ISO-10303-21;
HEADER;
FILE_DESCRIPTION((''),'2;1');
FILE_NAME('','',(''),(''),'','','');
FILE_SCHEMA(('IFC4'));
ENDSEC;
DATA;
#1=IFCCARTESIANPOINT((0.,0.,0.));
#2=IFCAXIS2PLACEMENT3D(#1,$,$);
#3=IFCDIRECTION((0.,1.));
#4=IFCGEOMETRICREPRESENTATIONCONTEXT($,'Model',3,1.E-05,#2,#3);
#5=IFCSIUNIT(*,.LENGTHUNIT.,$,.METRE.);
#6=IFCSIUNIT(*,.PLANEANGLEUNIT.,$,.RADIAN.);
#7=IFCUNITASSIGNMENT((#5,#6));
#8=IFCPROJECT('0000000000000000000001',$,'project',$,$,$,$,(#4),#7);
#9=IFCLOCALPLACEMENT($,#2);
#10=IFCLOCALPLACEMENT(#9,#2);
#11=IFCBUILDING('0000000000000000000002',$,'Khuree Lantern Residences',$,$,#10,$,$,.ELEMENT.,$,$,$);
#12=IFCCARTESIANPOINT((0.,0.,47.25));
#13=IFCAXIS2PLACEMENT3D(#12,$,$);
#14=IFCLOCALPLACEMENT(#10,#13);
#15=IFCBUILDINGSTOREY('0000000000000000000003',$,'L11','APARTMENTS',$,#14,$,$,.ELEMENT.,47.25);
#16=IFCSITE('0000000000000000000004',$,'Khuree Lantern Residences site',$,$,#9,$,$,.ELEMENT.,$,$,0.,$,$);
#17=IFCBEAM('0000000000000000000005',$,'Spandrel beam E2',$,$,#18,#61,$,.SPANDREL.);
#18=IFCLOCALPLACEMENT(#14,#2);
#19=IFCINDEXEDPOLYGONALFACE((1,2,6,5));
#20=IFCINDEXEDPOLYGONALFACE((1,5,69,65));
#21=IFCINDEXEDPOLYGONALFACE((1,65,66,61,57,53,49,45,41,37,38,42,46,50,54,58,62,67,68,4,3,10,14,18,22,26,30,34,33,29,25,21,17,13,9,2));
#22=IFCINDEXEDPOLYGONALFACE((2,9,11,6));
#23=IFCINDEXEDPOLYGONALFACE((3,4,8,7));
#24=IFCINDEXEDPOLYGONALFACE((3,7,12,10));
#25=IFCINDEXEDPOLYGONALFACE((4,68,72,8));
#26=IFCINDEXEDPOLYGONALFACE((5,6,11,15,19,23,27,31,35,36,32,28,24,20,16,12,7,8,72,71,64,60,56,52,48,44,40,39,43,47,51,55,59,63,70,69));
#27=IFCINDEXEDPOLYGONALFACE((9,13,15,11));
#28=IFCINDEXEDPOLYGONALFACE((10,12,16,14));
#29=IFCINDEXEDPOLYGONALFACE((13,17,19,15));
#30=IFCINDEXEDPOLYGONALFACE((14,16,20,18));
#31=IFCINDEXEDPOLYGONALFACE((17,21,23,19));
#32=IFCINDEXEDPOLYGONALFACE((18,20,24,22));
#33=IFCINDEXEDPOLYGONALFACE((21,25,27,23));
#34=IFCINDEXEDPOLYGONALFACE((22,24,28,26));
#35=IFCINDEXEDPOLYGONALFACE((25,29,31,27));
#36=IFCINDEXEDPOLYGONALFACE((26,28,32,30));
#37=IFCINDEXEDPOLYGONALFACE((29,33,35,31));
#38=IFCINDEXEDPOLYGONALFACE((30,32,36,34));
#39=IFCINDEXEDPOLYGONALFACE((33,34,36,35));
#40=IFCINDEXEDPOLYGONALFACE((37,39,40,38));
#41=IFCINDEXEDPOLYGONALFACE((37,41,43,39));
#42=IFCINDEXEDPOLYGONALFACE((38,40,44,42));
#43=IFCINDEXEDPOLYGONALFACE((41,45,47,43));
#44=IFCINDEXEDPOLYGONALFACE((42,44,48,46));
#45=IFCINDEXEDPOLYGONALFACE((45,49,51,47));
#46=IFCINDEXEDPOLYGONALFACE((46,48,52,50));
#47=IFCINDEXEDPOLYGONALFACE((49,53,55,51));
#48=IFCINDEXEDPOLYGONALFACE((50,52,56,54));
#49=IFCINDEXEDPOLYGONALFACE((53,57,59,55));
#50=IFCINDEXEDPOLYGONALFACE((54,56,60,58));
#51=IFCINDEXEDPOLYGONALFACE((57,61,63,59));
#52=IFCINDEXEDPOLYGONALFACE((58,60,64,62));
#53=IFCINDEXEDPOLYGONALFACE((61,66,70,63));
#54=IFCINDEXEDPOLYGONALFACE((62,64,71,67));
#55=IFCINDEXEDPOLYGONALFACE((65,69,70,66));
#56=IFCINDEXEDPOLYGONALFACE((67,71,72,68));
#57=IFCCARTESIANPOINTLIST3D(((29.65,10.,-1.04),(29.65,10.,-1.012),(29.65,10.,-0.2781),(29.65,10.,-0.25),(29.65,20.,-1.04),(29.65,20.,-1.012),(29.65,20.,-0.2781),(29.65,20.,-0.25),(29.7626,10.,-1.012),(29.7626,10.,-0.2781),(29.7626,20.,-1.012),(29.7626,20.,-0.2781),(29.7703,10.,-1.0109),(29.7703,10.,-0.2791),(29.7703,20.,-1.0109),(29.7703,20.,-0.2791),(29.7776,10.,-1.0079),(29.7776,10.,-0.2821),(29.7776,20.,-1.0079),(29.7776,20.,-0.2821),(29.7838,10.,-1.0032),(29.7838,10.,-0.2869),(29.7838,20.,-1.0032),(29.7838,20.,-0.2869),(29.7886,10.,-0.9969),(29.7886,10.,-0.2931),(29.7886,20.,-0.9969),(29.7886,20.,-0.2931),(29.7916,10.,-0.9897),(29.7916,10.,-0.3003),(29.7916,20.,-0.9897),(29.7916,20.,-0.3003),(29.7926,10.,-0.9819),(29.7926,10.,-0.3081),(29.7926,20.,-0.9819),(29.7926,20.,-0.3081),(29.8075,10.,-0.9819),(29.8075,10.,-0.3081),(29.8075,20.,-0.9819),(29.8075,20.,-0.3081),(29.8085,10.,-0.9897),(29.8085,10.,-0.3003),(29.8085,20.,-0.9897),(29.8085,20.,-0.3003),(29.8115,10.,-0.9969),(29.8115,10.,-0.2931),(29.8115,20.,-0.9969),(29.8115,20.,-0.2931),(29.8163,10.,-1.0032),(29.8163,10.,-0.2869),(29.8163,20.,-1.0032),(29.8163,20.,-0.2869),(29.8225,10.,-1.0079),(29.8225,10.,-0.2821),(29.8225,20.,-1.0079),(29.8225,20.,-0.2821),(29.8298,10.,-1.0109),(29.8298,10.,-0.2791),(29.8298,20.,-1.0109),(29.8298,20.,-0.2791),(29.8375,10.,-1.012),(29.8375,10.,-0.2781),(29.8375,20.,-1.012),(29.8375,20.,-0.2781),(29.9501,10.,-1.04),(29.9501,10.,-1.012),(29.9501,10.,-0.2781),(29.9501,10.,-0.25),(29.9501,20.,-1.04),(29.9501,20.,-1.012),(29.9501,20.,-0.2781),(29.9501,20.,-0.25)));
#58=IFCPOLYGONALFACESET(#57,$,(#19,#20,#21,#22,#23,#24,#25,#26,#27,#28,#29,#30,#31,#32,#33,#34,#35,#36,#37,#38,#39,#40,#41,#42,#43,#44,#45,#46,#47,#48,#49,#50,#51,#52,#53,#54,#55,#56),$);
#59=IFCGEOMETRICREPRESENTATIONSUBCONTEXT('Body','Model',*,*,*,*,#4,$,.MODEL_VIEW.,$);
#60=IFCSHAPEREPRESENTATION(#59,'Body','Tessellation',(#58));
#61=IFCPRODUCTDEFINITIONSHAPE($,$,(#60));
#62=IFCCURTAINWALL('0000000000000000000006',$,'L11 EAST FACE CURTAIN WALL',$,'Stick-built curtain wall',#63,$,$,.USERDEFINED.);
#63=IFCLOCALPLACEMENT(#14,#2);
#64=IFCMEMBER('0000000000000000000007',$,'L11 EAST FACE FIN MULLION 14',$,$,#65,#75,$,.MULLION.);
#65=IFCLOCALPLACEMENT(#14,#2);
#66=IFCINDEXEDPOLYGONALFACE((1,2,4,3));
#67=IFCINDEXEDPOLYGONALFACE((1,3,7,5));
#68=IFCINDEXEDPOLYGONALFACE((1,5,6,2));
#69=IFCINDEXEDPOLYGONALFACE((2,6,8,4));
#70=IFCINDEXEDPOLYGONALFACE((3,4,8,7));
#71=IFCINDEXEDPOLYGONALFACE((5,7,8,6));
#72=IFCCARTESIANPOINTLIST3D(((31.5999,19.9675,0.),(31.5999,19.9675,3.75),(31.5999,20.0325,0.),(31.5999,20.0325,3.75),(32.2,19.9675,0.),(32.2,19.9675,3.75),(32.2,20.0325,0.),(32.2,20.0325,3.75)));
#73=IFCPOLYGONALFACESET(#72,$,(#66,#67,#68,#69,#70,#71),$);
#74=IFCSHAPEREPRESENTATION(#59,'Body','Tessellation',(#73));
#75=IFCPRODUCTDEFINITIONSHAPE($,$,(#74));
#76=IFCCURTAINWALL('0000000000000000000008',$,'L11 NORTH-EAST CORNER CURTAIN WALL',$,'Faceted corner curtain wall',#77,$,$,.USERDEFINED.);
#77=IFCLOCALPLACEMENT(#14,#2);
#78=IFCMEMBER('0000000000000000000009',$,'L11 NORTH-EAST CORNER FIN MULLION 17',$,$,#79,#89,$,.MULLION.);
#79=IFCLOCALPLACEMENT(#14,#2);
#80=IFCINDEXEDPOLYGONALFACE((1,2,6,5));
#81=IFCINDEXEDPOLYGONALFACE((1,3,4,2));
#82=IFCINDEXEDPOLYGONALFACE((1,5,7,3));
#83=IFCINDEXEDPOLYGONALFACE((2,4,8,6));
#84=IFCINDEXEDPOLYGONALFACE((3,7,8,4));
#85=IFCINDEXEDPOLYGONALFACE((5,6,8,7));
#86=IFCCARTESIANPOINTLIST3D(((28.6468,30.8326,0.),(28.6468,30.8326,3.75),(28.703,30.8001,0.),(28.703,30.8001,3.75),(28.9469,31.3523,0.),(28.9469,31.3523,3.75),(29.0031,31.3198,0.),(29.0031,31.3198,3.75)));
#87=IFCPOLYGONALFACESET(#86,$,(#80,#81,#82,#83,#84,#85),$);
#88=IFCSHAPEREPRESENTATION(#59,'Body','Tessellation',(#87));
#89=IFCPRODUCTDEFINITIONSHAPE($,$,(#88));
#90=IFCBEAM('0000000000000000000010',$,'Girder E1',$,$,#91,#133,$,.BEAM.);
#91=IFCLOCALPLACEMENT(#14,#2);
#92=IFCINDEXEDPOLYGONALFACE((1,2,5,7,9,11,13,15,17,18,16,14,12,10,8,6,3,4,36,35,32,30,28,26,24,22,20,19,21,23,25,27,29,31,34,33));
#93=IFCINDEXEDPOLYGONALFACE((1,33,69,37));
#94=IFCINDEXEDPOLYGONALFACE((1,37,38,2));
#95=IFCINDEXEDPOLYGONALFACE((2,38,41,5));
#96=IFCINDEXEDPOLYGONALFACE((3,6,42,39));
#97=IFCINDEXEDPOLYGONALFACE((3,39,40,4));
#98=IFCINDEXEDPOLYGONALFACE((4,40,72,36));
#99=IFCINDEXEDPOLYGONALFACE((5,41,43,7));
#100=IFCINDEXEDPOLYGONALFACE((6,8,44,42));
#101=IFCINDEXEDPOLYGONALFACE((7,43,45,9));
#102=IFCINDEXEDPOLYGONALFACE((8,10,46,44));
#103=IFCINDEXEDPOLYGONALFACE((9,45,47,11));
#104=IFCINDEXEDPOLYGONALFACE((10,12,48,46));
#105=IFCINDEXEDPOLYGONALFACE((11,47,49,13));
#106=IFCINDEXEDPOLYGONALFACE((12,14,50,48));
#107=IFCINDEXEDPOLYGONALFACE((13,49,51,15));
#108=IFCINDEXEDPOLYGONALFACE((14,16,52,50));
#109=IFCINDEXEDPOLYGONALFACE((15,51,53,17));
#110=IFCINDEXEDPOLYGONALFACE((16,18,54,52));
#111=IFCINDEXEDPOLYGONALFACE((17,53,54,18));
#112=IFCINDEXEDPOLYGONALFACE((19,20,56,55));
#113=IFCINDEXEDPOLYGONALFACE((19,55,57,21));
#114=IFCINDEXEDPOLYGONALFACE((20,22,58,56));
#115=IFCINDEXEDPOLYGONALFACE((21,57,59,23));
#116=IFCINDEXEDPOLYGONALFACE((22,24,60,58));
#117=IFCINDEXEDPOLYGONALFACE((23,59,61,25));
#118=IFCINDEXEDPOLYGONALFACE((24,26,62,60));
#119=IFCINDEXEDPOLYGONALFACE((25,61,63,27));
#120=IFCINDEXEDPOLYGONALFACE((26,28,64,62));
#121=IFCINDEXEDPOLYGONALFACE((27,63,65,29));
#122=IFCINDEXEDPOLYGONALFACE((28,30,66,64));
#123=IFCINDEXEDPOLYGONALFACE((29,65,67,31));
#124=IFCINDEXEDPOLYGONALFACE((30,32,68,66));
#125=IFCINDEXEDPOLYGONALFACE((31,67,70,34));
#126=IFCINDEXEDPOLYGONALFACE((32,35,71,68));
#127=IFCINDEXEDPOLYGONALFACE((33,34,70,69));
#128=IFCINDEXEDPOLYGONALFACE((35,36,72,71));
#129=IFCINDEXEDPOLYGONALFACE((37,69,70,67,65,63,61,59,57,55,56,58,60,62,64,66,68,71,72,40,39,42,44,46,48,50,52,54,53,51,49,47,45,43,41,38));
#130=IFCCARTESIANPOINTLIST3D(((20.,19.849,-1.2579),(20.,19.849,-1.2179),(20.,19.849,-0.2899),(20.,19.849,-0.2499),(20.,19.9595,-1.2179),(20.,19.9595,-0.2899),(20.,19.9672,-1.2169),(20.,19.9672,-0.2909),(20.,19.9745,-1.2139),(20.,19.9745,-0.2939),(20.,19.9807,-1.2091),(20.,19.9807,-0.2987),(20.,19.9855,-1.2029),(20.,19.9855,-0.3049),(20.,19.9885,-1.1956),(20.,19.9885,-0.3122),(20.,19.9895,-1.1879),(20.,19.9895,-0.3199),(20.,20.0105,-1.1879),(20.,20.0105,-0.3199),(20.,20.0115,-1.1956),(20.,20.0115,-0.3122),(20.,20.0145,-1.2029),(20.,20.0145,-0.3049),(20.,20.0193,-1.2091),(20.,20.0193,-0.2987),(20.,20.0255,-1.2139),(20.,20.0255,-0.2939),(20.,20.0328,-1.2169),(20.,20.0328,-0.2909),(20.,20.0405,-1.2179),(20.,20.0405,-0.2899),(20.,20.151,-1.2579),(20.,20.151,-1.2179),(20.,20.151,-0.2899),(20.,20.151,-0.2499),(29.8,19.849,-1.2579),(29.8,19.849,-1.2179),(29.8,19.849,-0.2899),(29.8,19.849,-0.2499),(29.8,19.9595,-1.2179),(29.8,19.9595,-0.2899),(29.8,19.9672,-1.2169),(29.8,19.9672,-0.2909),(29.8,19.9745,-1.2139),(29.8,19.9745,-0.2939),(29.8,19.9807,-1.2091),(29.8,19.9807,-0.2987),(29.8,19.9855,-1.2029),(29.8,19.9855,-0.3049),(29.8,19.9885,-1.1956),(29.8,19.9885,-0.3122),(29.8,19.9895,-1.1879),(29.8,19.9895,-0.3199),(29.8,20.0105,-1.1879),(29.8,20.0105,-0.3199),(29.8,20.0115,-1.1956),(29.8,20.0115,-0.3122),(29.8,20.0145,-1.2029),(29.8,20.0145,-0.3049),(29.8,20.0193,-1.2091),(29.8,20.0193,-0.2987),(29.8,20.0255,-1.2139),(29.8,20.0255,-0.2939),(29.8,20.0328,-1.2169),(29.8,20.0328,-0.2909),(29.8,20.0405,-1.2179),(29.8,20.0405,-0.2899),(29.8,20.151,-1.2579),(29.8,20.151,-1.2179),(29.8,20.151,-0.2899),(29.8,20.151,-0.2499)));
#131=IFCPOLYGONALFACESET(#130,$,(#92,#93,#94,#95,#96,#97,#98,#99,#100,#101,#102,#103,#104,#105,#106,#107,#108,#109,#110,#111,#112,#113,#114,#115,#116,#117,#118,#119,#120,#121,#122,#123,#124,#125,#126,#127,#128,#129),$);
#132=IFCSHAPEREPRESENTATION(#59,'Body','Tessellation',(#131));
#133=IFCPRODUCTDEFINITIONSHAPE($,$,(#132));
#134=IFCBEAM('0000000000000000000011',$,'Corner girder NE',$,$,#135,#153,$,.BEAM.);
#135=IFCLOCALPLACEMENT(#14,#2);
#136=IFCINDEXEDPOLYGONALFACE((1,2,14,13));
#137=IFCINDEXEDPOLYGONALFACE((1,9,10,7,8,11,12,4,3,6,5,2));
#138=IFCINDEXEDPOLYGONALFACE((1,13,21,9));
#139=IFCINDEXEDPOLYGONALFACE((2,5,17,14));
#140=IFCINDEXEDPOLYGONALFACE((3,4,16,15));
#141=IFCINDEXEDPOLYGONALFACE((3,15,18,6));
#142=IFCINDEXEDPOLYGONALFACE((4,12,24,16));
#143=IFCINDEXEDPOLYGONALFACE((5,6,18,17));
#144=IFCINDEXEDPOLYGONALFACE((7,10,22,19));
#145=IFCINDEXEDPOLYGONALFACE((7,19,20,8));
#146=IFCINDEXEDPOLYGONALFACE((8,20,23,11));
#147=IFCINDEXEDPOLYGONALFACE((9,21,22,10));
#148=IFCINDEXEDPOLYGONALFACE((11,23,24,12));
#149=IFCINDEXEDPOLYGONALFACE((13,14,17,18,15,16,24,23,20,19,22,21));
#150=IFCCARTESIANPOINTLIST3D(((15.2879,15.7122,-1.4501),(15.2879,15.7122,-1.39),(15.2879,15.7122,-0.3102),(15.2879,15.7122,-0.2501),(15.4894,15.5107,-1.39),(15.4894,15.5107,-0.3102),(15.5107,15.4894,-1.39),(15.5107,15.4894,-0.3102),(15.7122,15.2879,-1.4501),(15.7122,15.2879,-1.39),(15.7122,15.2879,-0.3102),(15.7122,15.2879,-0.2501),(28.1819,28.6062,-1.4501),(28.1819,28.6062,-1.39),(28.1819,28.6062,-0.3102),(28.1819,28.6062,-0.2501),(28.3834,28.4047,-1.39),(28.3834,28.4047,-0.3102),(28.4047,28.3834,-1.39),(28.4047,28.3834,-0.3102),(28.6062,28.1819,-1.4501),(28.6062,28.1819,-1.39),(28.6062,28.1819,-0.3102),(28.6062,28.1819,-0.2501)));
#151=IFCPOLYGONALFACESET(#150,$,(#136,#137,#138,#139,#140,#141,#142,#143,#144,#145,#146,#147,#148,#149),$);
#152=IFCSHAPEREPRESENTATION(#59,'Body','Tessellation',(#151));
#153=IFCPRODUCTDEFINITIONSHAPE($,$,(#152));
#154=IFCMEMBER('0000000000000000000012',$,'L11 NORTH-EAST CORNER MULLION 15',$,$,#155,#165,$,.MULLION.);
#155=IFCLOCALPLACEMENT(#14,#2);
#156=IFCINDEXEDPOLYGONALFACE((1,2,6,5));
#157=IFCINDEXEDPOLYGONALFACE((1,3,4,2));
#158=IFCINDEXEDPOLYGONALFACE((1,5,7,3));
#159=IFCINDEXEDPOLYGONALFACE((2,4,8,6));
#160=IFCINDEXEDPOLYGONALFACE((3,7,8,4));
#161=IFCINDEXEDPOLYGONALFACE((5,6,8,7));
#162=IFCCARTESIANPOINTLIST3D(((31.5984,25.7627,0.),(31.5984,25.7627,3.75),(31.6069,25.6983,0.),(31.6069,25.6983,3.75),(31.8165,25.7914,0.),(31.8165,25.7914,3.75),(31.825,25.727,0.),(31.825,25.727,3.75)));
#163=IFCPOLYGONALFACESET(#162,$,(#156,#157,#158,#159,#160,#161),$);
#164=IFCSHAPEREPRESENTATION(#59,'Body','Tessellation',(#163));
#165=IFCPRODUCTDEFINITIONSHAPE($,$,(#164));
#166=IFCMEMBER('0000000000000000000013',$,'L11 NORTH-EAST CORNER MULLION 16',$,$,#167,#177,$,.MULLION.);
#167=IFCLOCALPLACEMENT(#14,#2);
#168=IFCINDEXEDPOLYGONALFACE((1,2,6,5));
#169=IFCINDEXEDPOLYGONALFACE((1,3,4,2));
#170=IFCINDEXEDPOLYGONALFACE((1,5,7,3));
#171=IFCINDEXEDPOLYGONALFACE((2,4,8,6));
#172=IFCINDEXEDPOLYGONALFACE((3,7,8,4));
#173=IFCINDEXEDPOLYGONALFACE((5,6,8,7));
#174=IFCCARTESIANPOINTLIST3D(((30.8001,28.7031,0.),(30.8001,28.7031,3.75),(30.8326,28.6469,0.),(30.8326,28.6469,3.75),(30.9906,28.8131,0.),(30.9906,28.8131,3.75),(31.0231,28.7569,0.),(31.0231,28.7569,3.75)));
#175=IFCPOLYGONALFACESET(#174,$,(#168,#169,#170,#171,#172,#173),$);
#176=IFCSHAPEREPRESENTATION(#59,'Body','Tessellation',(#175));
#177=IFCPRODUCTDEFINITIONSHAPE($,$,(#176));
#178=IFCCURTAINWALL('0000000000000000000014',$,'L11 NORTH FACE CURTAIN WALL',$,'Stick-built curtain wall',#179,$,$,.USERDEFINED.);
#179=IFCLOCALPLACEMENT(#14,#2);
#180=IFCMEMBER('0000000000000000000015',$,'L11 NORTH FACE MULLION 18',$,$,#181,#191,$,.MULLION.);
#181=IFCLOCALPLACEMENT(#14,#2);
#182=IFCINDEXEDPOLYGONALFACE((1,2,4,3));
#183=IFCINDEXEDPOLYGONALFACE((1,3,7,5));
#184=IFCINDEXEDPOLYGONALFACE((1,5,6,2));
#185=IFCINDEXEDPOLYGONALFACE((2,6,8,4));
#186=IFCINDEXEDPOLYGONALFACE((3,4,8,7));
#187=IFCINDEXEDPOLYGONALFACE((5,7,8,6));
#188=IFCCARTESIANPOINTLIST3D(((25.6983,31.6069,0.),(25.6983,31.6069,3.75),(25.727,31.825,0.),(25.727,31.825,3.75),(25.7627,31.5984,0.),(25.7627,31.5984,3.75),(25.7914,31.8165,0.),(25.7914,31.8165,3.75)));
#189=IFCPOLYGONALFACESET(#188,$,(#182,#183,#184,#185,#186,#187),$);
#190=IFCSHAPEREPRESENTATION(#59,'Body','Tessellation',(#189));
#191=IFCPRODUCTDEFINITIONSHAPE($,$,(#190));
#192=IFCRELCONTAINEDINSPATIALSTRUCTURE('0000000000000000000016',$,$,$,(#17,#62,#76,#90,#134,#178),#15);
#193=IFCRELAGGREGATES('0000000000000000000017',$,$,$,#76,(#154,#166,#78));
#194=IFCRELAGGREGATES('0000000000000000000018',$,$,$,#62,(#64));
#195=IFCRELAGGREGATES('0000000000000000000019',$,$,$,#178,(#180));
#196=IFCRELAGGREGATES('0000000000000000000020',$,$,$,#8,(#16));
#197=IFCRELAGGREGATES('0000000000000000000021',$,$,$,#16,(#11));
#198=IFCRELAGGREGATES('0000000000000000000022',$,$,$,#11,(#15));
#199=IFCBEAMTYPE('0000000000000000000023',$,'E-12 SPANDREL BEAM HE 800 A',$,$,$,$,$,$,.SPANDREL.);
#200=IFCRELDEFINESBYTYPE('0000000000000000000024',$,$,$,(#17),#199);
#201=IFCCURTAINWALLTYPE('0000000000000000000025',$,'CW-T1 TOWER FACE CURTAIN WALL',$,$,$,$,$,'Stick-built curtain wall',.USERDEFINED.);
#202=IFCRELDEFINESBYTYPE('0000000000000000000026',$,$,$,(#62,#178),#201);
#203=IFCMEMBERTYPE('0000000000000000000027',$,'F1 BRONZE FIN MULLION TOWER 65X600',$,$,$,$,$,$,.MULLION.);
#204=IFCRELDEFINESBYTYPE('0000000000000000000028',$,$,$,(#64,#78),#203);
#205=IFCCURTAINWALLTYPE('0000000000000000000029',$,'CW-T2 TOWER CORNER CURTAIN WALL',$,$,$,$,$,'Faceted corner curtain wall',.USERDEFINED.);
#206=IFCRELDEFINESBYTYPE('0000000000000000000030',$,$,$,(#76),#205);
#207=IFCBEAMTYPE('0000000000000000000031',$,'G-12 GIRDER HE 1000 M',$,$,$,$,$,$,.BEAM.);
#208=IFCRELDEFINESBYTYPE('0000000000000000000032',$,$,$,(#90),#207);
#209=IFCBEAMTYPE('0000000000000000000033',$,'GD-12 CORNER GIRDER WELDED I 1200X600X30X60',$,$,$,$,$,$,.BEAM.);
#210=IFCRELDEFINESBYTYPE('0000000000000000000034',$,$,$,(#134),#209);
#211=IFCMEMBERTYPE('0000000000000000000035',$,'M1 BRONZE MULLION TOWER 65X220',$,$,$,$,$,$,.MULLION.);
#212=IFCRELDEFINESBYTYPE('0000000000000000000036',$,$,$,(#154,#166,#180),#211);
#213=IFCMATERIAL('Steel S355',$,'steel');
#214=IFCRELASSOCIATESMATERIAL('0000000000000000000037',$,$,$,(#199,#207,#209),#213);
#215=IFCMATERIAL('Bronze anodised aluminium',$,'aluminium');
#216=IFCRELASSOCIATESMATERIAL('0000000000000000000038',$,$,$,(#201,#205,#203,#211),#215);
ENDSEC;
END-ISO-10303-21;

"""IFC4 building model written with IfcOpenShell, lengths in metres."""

from ifc_helpers import new_model, si_unit, direction, frame, origin, origin_2d, place, context, subcontext, project, spatial, rectangle, i_section, extrude, material, material_profile, profile_set, type_object, element, aggregate, save


model = new_model("IFC4")

# Units and contexts
model_context = context("Model", 3, precision=1e-05, world=origin(), true_north=direction((0.0, 1.0)))
body_context = subcontext(model_context, "Body", "Model", "MODEL_VIEW")
ifc_project = project(units=[si_unit("LENGTHUNIT", "METRE"), si_unit("PLANEANGLEUNIT", "RADIAN")], contexts=[model_context])

# Site, building, storey
site_placement = place(None, origin())
site = spatial("IfcSite", under=ifc_project, at=site_placement, Name="Khuree Lantern Residences site", CompositionType="ELEMENT", RefElevation=0.0)
building_placement = place(site_placement, origin())
building = spatial("IfcBuilding", under=site, at=building_placement, Name="Khuree Lantern Residences", CompositionType="ELEMENT")
storey_placement = place(building_placement, frame((0.0, 0.0, 47.25)))
storey = spatial("IfcBuildingStorey", under=building, at=storey_placement, Name="L11", Description="APARTMENTS", CompositionType="ELEMENT", Elevation=47.25)

# Beam
ifc_material_1 = material(Name="Steel S355", Category="steel")
ifc_material_profile_1 = material_profile(ifc_material_1, i_section(OverallWidth=0.3, OverallDepth=0.79, WebThickness=0.0149, FlangeThickness=0.0281, FilletRadius=0.03, at=origin_2d()), Name="HE 800 A")
ifc_profile_set_1 = profile_set([ifc_material_profile_1], Name="Steel S355")
beam_type_1 = type_object("IfcBeamType", Name="E-12 SPANDREL BEAM HE 800 A", PredefinedType="SPANDREL", material=ifc_profile_set_1)
beam_1_placement = place(storey_placement, frame((29.8, 20.0, -0.645), z_axis=(0.0, -1.0, 0.0), x_axis=(1.0, 0.0, 0.0)))
element("IfcBeam", 1, at=beam_1_placement, inside=storey, type_object=beam_type_1, Name="Spandrel beam E2", PredefinedType="SPANDREL", context=body_context, shape_type="SweptSolid", body=[
    extrude(i_section(OverallWidth=0.3, OverallDepth=0.79, WebThickness=0.0149, FlangeThickness=0.0281, FilletRadius=0.03, at=origin_2d()), origin(), (0.0, 0.0, 1.0), 10.0),
])

# Curtain walls, members
ifc_material_2 = material(Name="Bronze anodised aluminium", Category="aluminium")
curtain_wall_type_1 = type_object("IfcCurtainWallType", Name="CW-T1 TOWER FACE CURTAIN WALL", ElementType="Stick-built curtain wall", PredefinedType="USERDEFINED", material=ifc_material_2)
curtain_wall_1_placement = place(storey_placement, origin())
curtain_wall_1 = element("IfcCurtainWall", 2, at=curtain_wall_1_placement, inside=storey, type_object=curtain_wall_type_1, Name="L11 EAST FACE CURTAIN WALL", ObjectType="Stick-built curtain wall", PredefinedType="USERDEFINED")
ifc_material_profile_2 = material_profile(ifc_material_2, rectangle(XDim=0.0649, YDim=0.6001, at=origin_2d()), Name="F1 65X600")
ifc_profile_set_2 = profile_set([ifc_material_profile_2], Name="Bronze anodised aluminium")
member_type_1 = type_object("IfcMemberType", Name="F1 BRONZE FIN MULLION TOWER 65X600", PredefinedType="MULLION", material=ifc_profile_set_2)
member_1_placement = place(storey_placement, frame((31.8999, 20.0, 0.0), z_axis=(0.0, 0.0, 1.0), x_axis=(0.0, 1.0, 0.0)))
member_1 = element("IfcMember", 3, at=member_1_placement, type_object=member_type_1, Name="L11 EAST FACE FIN MULLION 14", PredefinedType="MULLION", context=body_context, shape_type="SweptSolid", body=[
    extrude(rectangle(XDim=0.0649, YDim=0.6001, at=origin_2d()), origin(), (0.0, 0.0, 1.0), 3.75),
])
curtain_wall_type_2 = type_object("IfcCurtainWallType", Name="CW-T2 TOWER CORNER CURTAIN WALL", ElementType="Faceted corner curtain wall", PredefinedType="USERDEFINED", material=ifc_material_2)
curtain_wall_2_placement = place(storey_placement, origin())
curtain_wall_2 = element("IfcCurtainWall", 4, at=curtain_wall_2_placement, inside=storey, type_object=curtain_wall_type_2, Name="L11 NORTH-EAST CORNER CURTAIN WALL", ObjectType="Faceted corner curtain wall", PredefinedType="USERDEFINED")
member_2_placement = place(storey_placement, frame((28.825, 31.0762, 0.0), z_axis=(0.0, 0.0, 1.0), x_axis=(-0.866025, 0.5, 0.0)))
member_2 = element("IfcMember", 5, at=member_2_placement, type_object=member_type_1, Name="L11 NORTH-EAST CORNER FIN MULLION 17", PredefinedType="MULLION", context=body_context, shape_type="SweptSolid", body=[
    extrude(rectangle(XDim=0.0649, YDim=0.6001, at=origin_2d()), origin(), (0.0, 0.0, 1.0), 3.75),
])

# Beams
ifc_material_profile_3 = material_profile(ifc_material_1, i_section(OverallWidth=0.302, OverallDepth=1.0081, WebThickness=0.021, FlangeThickness=0.04, FilletRadius=0.03, at=origin_2d()), Name="HE 1000 M")
ifc_profile_set_3 = profile_set([ifc_material_profile_3], Name="Steel S355")
beam_type_2 = type_object("IfcBeamType", Name="G-12 GIRDER HE 1000 M", PredefinedType="BEAM", material=ifc_profile_set_3)
beam_2_placement = place(storey_placement, frame((29.8, 20.0, -0.7539), z_axis=(-1.0, 0.0, 0.0), x_axis=(0.0, -1.0, 0.0)))
element("IfcBeam", 6, at=beam_2_placement, inside=storey, type_object=beam_type_2, Name="Girder E1", PredefinedType="BEAM", context=body_context, shape_type="SweptSolid", body=[
    extrude(i_section(OverallWidth=0.302, OverallDepth=1.0081, WebThickness=0.021, FlangeThickness=0.04, FilletRadius=0.03, at=origin_2d()), origin(), (0.0, 0.0, 1.0), 9.8),
])
ifc_material_profile_4 = material_profile(ifc_material_1, i_section(OverallWidth=0.6001, OverallDepth=1.2, WebThickness=0.03, FlangeThickness=0.0601, at=origin_2d()), Name="WELDED I 1200X600X30X60")
ifc_profile_set_4 = profile_set([ifc_material_profile_4], Name="Steel S355")
beam_type_3 = type_object("IfcBeamType", Name="GD-12 CORNER GIRDER WELDED I 1200X600X30X60", PredefinedType="BEAM", material=ifc_profile_set_4)
beam_3_placement = place(storey_placement, frame((28.394, 28.394, -0.8501), z_axis=(-0.707107, -0.707107, 0.0), x_axis=(0.707107, -0.707107, 0.0)))
element("IfcBeam", 7, at=beam_3_placement, inside=storey, type_object=beam_type_3, Name="Corner girder NE", PredefinedType="BEAM", context=body_context, shape_type="SweptSolid", body=[
    extrude(i_section(OverallWidth=0.6001, OverallDepth=1.2, WebThickness=0.03, FlangeThickness=0.0601, at=origin_2d()), origin(), (0.0, 0.0, 1.0), 18.2349),
])

# Members
ifc_material_profile_5 = material_profile(ifc_material_2, rectangle(XDim=0.0649, YDim=0.22, at=origin_2d()), Name="M1 65X220")
ifc_profile_set_5 = profile_set([ifc_material_profile_5], Name="Bronze anodised aluminium")
member_type_2 = type_object("IfcMemberType", Name="M1 BRONZE MULLION TOWER 65X220", PredefinedType="MULLION", material=ifc_profile_set_5)
member_3_placement = place(storey_placement, frame((31.7117, 25.7449, 0.0), z_axis=(0.0, 0.0, 1.0), x_axis=(-0.130526, 0.991445, 0.0)))
member_3 = element("IfcMember", 8, at=member_3_placement, type_object=member_type_2, Name="L11 NORTH-EAST CORNER MULLION 15", PredefinedType="MULLION", context=body_context, shape_type="SweptSolid", body=[
    extrude(rectangle(XDim=0.0649, YDim=0.22, at=origin_2d()), origin(), (0.0, 0.0, 1.0), 3.75),
])
member_4_placement = place(storey_placement, frame((30.9116, 28.73, 0.0), z_axis=(0.0, 0.0, 1.0), x_axis=(-0.5, 0.866025, 0.0)))
member_4 = element("IfcMember", 9, at=member_4_placement, type_object=member_type_2, Name="L11 NORTH-EAST CORNER MULLION 16", PredefinedType="MULLION", context=body_context, shape_type="SweptSolid", body=[
    extrude(rectangle(XDim=0.0649, YDim=0.22, at=origin_2d()), origin(), (0.0, 0.0, 1.0), 3.75),
])

# Curtain wall, member
curtain_wall_3_placement = place(storey_placement, origin())
curtain_wall_3 = element("IfcCurtainWall", 10, at=curtain_wall_3_placement, inside=storey, type_object=curtain_wall_type_1, Name="L11 NORTH FACE CURTAIN WALL", ObjectType="Stick-built curtain wall", PredefinedType="USERDEFINED")
member_5_placement = place(storey_placement, frame((25.7449, 31.7117, 0.0), z_axis=(0.0, 0.0, 1.0), x_axis=(-0.991445, 0.130526, 0.0)))
member_5 = element("IfcMember", 11, at=member_5_placement, type_object=member_type_2, Name="L11 NORTH FACE MULLION 18", PredefinedType="MULLION", context=body_context, shape_type="SweptSolid", body=[
    extrude(rectangle(XDim=0.0649, YDim=0.22, at=origin_2d()), origin(), (0.0, 0.0, 1.0), 3.75),
])

aggregate(curtain_wall_2, [member_3, member_4, member_2])
aggregate(curtain_wall_1, [member_1])
aggregate(curtain_wall_3, [member_5])

save(model, "model.ifc")
